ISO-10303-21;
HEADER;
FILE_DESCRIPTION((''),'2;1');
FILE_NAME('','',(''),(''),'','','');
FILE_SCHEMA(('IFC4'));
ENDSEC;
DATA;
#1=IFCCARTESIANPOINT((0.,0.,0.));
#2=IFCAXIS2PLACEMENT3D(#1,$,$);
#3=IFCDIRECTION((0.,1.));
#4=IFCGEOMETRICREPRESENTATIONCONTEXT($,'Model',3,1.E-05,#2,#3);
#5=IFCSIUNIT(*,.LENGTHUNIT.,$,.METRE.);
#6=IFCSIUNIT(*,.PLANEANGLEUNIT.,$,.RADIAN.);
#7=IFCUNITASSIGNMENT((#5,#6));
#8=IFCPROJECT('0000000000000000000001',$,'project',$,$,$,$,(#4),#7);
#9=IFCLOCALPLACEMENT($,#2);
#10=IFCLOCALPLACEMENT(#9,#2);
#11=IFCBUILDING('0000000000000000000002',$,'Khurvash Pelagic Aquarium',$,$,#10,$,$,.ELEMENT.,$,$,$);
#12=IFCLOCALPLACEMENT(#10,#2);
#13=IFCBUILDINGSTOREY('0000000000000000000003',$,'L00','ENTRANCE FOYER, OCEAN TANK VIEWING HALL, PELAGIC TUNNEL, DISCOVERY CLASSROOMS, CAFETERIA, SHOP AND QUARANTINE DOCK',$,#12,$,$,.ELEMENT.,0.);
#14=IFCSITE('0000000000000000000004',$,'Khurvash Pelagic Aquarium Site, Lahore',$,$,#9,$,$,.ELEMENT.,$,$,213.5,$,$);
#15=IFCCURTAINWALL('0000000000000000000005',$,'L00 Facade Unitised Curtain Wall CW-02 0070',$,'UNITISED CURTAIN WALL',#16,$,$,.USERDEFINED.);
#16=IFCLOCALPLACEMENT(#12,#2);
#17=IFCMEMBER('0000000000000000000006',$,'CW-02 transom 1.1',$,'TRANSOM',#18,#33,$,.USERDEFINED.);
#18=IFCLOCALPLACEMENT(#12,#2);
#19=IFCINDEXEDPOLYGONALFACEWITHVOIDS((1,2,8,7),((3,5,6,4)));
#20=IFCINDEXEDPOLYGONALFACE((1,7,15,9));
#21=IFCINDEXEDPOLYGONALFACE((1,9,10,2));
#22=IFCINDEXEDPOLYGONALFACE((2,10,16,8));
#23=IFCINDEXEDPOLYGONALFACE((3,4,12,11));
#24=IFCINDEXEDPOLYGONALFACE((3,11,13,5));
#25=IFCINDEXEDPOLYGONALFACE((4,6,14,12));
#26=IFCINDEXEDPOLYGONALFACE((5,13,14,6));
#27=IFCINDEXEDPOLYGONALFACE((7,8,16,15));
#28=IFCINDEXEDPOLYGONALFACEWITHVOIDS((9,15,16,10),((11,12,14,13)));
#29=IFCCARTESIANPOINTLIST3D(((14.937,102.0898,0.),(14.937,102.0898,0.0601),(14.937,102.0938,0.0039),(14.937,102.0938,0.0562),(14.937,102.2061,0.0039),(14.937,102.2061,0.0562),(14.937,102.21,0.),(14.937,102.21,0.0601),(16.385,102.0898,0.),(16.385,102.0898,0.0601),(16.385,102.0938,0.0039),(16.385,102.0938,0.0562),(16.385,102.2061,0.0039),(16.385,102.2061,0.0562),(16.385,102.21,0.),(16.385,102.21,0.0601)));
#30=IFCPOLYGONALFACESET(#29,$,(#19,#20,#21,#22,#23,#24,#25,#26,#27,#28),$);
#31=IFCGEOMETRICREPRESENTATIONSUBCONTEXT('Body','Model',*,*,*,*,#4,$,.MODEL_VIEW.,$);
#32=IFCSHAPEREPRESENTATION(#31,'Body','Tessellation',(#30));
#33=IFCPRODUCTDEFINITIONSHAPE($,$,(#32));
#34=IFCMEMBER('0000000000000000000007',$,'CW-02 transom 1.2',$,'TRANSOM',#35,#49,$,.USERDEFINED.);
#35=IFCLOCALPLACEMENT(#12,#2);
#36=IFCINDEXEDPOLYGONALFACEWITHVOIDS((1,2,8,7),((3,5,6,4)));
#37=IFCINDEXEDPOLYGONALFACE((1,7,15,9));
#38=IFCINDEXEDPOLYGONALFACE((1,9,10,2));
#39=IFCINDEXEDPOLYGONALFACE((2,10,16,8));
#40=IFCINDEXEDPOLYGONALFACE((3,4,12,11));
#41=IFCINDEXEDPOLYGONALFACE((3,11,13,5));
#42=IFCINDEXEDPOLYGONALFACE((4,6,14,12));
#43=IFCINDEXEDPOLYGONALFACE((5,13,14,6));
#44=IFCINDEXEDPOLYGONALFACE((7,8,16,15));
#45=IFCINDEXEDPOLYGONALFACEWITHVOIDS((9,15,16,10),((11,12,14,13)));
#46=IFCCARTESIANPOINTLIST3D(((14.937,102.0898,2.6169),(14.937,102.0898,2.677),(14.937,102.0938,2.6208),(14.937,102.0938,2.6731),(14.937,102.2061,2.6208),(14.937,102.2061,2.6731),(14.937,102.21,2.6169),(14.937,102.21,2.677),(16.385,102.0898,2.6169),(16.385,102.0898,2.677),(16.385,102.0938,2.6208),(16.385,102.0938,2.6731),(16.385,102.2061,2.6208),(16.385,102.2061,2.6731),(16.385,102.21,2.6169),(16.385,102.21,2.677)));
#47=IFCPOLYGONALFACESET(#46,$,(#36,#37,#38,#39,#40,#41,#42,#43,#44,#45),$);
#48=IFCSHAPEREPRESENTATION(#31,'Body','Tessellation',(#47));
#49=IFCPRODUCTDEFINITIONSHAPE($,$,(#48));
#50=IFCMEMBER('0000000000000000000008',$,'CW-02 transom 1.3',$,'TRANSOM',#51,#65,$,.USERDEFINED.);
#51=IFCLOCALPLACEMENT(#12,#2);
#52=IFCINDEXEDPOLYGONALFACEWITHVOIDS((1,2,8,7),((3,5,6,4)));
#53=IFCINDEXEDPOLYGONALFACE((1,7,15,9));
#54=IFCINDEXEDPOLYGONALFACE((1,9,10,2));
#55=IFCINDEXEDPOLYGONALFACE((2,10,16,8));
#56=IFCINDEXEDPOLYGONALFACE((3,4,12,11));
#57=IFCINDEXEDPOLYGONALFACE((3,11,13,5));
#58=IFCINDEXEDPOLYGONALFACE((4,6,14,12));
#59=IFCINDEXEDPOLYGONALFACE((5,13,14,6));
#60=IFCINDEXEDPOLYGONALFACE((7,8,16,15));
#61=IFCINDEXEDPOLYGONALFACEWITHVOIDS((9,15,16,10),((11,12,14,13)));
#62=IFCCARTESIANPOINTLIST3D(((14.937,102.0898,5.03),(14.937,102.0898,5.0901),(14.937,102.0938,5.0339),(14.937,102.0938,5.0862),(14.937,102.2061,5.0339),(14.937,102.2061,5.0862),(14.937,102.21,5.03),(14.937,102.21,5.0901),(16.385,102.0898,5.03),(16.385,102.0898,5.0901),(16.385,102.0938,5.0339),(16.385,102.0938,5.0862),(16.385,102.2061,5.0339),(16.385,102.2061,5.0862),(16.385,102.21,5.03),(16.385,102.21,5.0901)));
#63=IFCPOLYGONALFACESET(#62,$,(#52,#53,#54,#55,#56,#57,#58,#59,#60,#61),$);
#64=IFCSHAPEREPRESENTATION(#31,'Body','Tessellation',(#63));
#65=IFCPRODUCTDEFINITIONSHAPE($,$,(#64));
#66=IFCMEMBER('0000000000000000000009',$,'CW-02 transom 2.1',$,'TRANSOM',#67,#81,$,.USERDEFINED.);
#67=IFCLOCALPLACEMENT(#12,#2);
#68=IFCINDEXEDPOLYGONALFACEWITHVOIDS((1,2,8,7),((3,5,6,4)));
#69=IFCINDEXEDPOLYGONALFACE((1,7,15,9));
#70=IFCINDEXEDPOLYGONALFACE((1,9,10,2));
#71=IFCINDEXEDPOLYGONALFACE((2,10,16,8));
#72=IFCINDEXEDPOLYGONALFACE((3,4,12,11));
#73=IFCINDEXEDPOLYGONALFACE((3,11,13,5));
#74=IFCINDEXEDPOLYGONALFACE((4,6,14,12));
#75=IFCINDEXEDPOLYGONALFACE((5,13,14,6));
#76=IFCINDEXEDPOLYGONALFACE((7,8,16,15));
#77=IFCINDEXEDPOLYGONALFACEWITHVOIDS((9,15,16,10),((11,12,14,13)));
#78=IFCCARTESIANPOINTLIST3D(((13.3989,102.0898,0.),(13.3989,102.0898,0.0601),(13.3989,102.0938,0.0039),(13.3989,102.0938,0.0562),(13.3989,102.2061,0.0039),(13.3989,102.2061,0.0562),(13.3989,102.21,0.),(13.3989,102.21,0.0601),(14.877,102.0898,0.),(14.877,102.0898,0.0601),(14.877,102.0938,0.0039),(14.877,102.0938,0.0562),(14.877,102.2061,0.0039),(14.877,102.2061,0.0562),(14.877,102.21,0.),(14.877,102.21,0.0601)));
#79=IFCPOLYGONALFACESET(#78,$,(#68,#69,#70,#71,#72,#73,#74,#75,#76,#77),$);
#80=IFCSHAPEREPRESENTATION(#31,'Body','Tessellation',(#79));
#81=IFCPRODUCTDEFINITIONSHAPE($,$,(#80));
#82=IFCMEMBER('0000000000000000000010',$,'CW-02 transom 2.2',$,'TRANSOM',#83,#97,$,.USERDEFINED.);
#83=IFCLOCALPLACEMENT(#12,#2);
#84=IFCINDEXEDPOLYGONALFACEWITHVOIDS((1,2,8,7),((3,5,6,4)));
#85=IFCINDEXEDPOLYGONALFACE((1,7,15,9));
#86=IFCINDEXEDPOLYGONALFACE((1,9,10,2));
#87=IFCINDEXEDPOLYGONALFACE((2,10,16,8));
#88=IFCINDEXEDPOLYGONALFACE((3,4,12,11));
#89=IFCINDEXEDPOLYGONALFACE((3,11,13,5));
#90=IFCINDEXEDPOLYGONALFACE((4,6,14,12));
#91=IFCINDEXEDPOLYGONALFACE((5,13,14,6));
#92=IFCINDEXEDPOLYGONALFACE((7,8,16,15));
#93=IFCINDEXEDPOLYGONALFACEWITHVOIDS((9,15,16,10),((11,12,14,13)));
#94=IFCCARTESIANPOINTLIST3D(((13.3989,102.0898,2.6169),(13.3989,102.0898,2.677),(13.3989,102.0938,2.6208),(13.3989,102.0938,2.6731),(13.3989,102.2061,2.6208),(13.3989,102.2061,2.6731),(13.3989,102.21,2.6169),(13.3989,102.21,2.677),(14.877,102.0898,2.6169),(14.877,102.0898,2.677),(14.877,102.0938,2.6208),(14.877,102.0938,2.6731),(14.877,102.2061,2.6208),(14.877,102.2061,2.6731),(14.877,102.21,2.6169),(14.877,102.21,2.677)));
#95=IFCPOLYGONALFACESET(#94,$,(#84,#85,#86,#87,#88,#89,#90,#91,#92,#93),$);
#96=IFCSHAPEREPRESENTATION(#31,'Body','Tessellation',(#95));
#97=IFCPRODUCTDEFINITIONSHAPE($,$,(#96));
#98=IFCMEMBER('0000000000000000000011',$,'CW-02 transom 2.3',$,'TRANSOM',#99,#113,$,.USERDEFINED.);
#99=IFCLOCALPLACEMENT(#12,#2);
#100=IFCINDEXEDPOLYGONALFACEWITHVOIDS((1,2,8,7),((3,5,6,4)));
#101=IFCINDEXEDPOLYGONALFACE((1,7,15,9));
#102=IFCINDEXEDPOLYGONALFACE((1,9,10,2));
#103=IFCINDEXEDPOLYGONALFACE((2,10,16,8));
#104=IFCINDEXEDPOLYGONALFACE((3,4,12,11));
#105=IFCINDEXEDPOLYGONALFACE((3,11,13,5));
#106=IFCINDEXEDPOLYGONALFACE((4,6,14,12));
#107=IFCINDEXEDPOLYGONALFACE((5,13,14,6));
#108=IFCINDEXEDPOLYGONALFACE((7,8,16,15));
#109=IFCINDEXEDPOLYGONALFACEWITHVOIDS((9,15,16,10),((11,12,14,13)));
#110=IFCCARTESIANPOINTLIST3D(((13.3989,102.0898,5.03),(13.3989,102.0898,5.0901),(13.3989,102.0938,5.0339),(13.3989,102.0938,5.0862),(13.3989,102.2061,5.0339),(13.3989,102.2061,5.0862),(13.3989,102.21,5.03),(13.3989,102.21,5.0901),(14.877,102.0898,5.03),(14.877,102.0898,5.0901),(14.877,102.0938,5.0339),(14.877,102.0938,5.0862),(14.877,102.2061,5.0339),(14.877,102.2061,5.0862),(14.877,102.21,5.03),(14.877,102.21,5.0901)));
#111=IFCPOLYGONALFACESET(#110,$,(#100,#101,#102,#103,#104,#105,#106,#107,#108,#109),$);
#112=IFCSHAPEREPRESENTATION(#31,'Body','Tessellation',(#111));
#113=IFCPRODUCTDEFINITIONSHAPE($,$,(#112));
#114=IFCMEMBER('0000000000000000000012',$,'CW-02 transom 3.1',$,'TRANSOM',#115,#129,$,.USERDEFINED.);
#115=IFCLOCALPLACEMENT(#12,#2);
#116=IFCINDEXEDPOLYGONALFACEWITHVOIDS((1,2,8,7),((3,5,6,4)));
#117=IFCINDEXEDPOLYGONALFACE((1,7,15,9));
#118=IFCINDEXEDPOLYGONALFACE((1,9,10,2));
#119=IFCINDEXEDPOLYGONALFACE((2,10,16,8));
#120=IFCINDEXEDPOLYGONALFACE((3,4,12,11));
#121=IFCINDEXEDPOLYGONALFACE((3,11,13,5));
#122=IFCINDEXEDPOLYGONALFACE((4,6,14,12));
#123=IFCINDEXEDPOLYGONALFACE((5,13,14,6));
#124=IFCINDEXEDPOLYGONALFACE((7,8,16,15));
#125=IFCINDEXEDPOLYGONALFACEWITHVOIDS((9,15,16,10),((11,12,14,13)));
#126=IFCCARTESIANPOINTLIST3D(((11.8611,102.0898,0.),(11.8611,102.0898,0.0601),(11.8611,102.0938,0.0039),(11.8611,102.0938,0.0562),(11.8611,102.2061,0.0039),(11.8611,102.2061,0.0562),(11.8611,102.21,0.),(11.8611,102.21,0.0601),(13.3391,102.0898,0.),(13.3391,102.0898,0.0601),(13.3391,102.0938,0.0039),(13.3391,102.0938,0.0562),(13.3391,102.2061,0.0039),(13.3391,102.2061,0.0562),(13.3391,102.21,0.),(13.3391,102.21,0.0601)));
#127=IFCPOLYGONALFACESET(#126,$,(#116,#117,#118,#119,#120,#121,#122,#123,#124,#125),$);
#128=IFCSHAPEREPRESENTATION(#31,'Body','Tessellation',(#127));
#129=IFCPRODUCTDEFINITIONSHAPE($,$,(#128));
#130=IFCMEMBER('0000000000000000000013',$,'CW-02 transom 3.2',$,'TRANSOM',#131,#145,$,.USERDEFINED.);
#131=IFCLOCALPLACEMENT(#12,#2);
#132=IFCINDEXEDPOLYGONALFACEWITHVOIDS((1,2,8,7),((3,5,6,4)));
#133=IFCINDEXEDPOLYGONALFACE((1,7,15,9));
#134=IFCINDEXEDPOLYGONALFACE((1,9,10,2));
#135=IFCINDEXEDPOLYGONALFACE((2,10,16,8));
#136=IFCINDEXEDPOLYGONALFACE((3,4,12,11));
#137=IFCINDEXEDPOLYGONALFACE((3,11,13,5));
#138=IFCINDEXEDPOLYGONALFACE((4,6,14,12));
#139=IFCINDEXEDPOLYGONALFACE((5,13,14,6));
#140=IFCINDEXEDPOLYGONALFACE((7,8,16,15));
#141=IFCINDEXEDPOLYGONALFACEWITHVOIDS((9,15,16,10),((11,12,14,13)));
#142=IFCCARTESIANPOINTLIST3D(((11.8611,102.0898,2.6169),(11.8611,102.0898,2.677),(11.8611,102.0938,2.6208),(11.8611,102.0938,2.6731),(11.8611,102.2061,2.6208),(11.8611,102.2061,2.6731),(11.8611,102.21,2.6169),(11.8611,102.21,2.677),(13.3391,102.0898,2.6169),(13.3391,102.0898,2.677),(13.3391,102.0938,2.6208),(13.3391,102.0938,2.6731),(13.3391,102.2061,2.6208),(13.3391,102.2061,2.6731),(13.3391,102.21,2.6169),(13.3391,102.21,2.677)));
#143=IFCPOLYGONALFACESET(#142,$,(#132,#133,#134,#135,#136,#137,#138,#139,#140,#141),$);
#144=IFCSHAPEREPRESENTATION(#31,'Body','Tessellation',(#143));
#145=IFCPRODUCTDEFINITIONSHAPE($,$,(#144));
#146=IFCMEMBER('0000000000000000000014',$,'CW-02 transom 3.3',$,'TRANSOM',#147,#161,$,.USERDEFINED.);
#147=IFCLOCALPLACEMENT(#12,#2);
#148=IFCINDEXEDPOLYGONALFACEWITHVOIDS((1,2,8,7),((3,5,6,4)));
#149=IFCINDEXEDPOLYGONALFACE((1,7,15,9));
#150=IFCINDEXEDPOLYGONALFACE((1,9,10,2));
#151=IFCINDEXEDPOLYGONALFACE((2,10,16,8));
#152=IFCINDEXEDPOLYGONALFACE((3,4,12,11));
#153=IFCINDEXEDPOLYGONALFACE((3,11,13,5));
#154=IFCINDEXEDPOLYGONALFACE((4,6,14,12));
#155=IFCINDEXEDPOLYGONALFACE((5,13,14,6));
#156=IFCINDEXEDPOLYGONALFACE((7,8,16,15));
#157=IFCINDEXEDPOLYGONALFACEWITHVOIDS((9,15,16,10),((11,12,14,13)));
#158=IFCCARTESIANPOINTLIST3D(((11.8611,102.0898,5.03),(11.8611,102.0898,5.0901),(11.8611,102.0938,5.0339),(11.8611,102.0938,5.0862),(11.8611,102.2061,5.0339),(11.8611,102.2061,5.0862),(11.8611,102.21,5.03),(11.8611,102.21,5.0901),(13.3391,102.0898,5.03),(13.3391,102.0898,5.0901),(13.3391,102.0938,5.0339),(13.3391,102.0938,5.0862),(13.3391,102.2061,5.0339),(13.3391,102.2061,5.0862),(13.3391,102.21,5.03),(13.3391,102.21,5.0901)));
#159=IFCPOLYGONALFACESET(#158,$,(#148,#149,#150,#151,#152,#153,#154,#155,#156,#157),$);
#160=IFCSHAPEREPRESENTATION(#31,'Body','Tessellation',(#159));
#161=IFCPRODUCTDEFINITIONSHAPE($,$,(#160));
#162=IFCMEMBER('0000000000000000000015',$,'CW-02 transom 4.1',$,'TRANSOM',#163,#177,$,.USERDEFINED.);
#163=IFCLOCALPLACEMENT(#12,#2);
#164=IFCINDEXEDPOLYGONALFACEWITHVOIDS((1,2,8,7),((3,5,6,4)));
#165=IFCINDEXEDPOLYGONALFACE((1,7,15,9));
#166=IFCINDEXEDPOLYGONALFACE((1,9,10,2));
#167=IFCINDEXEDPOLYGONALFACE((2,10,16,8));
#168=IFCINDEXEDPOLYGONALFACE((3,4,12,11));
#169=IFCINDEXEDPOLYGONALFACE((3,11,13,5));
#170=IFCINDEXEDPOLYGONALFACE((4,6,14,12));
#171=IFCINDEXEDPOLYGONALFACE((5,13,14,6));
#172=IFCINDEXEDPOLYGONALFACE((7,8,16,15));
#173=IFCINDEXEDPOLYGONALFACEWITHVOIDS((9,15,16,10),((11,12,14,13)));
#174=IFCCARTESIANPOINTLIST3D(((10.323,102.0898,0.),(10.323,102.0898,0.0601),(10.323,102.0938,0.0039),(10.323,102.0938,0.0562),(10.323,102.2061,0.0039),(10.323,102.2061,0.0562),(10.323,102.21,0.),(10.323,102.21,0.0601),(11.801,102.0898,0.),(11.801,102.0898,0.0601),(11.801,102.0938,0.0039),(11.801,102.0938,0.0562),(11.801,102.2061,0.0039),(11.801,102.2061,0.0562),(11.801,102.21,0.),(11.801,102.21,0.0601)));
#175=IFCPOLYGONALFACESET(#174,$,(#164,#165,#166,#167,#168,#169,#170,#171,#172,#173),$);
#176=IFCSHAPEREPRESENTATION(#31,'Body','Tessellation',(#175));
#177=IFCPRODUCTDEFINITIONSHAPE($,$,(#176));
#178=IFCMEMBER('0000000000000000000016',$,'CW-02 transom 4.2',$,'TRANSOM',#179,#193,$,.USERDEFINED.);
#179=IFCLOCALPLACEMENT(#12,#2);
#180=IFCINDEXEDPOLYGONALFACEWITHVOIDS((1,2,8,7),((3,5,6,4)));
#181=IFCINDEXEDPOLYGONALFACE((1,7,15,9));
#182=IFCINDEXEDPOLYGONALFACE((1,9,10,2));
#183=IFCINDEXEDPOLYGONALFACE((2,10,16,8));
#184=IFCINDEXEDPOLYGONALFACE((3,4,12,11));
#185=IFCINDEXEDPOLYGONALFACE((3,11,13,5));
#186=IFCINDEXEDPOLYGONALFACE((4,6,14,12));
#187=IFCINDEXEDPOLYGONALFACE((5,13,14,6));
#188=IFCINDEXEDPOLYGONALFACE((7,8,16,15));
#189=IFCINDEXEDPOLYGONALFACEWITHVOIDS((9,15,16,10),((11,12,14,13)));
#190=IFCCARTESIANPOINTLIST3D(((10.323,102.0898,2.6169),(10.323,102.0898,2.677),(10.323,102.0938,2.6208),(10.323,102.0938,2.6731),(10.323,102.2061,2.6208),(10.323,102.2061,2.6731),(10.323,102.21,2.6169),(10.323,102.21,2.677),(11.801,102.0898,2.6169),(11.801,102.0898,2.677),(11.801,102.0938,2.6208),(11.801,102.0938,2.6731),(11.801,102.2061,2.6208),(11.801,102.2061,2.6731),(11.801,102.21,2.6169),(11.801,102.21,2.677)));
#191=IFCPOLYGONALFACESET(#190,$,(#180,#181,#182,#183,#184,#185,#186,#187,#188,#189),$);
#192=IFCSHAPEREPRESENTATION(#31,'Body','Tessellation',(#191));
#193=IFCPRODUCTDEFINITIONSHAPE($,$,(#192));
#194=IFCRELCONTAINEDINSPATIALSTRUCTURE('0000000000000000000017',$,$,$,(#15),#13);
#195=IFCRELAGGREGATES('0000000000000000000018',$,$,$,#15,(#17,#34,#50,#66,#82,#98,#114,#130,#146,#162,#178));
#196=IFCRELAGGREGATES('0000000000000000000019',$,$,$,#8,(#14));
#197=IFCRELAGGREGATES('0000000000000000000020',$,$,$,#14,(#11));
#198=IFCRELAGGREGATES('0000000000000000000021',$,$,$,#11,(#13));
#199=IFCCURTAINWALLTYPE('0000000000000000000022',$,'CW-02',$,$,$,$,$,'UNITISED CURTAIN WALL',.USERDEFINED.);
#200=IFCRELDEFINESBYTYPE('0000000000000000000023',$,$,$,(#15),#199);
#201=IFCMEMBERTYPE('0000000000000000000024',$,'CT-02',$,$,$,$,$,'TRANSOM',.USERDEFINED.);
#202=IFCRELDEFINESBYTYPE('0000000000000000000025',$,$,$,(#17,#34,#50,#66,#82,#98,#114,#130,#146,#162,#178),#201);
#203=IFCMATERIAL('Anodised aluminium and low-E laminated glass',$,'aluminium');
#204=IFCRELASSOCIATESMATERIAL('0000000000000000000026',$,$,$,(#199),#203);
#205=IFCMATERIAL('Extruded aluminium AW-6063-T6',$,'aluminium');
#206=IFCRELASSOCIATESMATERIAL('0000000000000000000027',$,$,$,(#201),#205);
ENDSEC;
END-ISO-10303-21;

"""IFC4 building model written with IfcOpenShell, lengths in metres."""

from ifc_helpers import new_model, si_unit, direction, frame, origin, origin_2d, place, context, subcontext, project, spatial, hollow_rectangle, extrude, material, material_profile, profile_set, type_object, element, aggregate, save


model = new_model("IFC4")

# Units and contexts
model_context = context("Model", 3, precision=1e-05, world=origin(), true_north=direction((0.0, 1.0)))
body_context = subcontext(model_context, "Body", "Model", "MODEL_VIEW")
ifc_project = project(units=[si_unit("LENGTHUNIT", "METRE"), si_unit("PLANEANGLEUNIT", "RADIAN")], contexts=[model_context])

# Site, building, storey
site_placement = place(None, origin())
site = spatial("IfcSite", under=ifc_project, at=site_placement, Name="Khurvash Pelagic Aquarium Site, Lahore", CompositionType="ELEMENT", RefElevation=213.5)
building_placement = place(site_placement, origin())
building = spatial("IfcBuilding", under=site, at=building_placement, Name="Khurvash Pelagic Aquarium", CompositionType="ELEMENT")
storey_placement = place(building_placement, origin())
storey = spatial("IfcBuildingStorey", under=building, at=storey_placement, Name="L00", Description="ENTRANCE FOYER, OCEAN TANK VIEWING HALL, PELAGIC TUNNEL, DISCOVERY CLASSROOMS, CAFETERIA, SHOP AND QUARANTINE DOCK", CompositionType="ELEMENT", Elevation=0.0)

# Curtain wall
ifc_material_1 = material(Name="Anodised aluminium and low-E laminated glass", Category="aluminium")
curtain_wall_type = type_object("IfcCurtainWallType", Name="CW-02", ElementType="UNITISED CURTAIN WALL", PredefinedType="USERDEFINED", material=ifc_material_1)
ifc_material_2 = material(Name="Extruded aluminium AW-6063-T6", Category="aluminium")
curtain_wall_1_placement = place(storey_placement, origin())
curtain_wall_1 = element("IfcCurtainWall", 1, at=curtain_wall_1_placement, inside=storey, type_object=curtain_wall_type, Name="L00 Facade Unitised Curtain Wall CW-02 0070", ObjectType="UNITISED CURTAIN WALL", PredefinedType="USERDEFINED")

# Members
ifc_material_profile_1 = material_profile(ifc_material_2, hollow_rectangle(XDim=0.1201, YDim=0.0601, WallThickness=0.0039, at=origin_2d()), Name="CWT120X60X4")
ifc_profile_set_1 = profile_set([ifc_material_profile_1], Name="Extruded aluminium AW-6063-T6")
member_type_1 = type_object("IfcMemberType", Name="CT-02", ElementType="TRANSOM", PredefinedType="USERDEFINED", material=ifc_profile_set_1)
member_1_placement = place(storey_placement, frame((16.385, 102.1499, 0.03), z_axis=(-1.0, 0.0, 0.0), x_axis=(0.0, -1.0, 0.0)))
member_1 = element("IfcMember", 2, at=member_1_placement, type_object=member_type_1, Name="CW-02 transom 1.1", ObjectType="TRANSOM", PredefinedType="USERDEFINED", context=body_context, shape_type="SweptSolid", body=[
    extrude(hollow_rectangle(XDim=0.1201, YDim=0.0601, WallThickness=0.0039, at=origin_2d()), origin(), (0.0, 0.0, 1.0), 1.448),
])
member_2_placement = place(storey_placement, frame((16.385, 102.1499, 2.647), z_axis=(-1.0, 0.0, 0.0), x_axis=(0.0, -1.0, 0.0)))
member_2 = element("IfcMember", 3, at=member_2_placement, type_object=member_type_1, Name="CW-02 transom 1.2", ObjectType="TRANSOM", PredefinedType="USERDEFINED", context=body_context, shape_type="SweptSolid", body=[
    extrude(hollow_rectangle(XDim=0.1201, YDim=0.0601, WallThickness=0.0039, at=origin_2d()), origin(), (0.0, 0.0, 1.0), 1.448),
])
member_3_placement = place(storey_placement, frame((16.385, 102.1499, 5.0601), z_axis=(-1.0, 0.0, 0.0), x_axis=(0.0, -1.0, 0.0)))
member_3 = element("IfcMember", 4, at=member_3_placement, type_object=member_type_1, Name="CW-02 transom 1.3", ObjectType="TRANSOM", PredefinedType="USERDEFINED", context=body_context, shape_type="SweptSolid", body=[
    extrude(hollow_rectangle(XDim=0.1201, YDim=0.0601, WallThickness=0.0039, at=origin_2d()), origin(), (0.0, 0.0, 1.0), 1.448),
])
member_4_placement = place(storey_placement, frame((14.877, 102.1499, 0.03), z_axis=(-1.0, 0.0, 0.0), x_axis=(0.0, -1.0, 0.0)))
member_4 = element("IfcMember", 5, at=member_4_placement, type_object=member_type_1, Name="CW-02 transom 2.1", ObjectType="TRANSOM", PredefinedType="USERDEFINED", context=body_context, shape_type="SweptSolid", body=[
    extrude(hollow_rectangle(XDim=0.1201, YDim=0.0601, WallThickness=0.0039, at=origin_2d()), origin(), (0.0, 0.0, 1.0), 1.478),
])
member_5_placement = place(storey_placement, frame((14.877, 102.1499, 2.647), z_axis=(-1.0, 0.0, 0.0), x_axis=(0.0, -1.0, 0.0)))
member_5 = element("IfcMember", 6, at=member_5_placement, type_object=member_type_1, Name="CW-02 transom 2.2", ObjectType="TRANSOM", PredefinedType="USERDEFINED", context=body_context, shape_type="SweptSolid", body=[
    extrude(hollow_rectangle(XDim=0.1201, YDim=0.0601, WallThickness=0.0039, at=origin_2d()), origin(), (0.0, 0.0, 1.0), 1.478),
])
member_6_placement = place(storey_placement, frame((14.877, 102.1499, 5.0601), z_axis=(-1.0, 0.0, 0.0), x_axis=(0.0, -1.0, 0.0)))
member_6 = element("IfcMember", 7, at=member_6_placement, type_object=member_type_1, Name="CW-02 transom 2.3", ObjectType="TRANSOM", PredefinedType="USERDEFINED", context=body_context, shape_type="SweptSolid", body=[
    extrude(hollow_rectangle(XDim=0.1201, YDim=0.0601, WallThickness=0.0039, at=origin_2d()), origin(), (0.0, 0.0, 1.0), 1.478),
])
member_7_placement = place(storey_placement, frame((13.3391, 102.1499, 0.03), z_axis=(-1.0, 0.0, 0.0), x_axis=(0.0, -1.0, 0.0)))
member_7 = element("IfcMember", 8, at=member_7_placement, type_object=member_type_1, Name="CW-02 transom 3.1", ObjectType="TRANSOM", PredefinedType="USERDEFINED", context=body_context, shape_type="SweptSolid", body=[
    extrude(hollow_rectangle(XDim=0.1201, YDim=0.0601, WallThickness=0.0039, at=origin_2d()), origin(), (0.0, 0.0, 1.0), 1.478),
])
member_8_placement = place(storey_placement, frame((13.3391, 102.1499, 2.647), z_axis=(-1.0, 0.0, 0.0), x_axis=(0.0, -1.0, 0.0)))
member_8 = element("IfcMember", 9, at=member_8_placement, type_object=member_type_1, Name="CW-02 transom 3.2", ObjectType="TRANSOM", PredefinedType="USERDEFINED", context=body_context, shape_type="SweptSolid", body=[
    extrude(hollow_rectangle(XDim=0.1201, YDim=0.0601, WallThickness=0.0039, at=origin_2d()), origin(), (0.0, 0.0, 1.0), 1.478),
])
member_9_placement = place(storey_placement, frame((13.3391, 102.1499, 5.0601), z_axis=(-1.0, 0.0, 0.0), x_axis=(0.0, -1.0, 0.0)))
member_9 = element("IfcMember", 10, at=member_9_placement, type_object=member_type_1, Name="CW-02 transom 3.3", ObjectType="TRANSOM", PredefinedType="USERDEFINED", context=body_context, shape_type="SweptSolid", body=[
    extrude(hollow_rectangle(XDim=0.1201, YDim=0.0601, WallThickness=0.0039, at=origin_2d()), origin(), (0.0, 0.0, 1.0), 1.478),
])
member_10_placement = place(storey_placement, frame((11.801, 102.1499, 0.03), z_axis=(-1.0, 0.0, 0.0), x_axis=(0.0, -1.0, 0.0)))
member_10 = element("IfcMember", 11, at=member_10_placement, type_object=member_type_1, Name="CW-02 transom 4.1", ObjectType="TRANSOM", PredefinedType="USERDEFINED", context=body_context, shape_type="SweptSolid", body=[
    extrude(hollow_rectangle(XDim=0.1201, YDim=0.0601, WallThickness=0.0039, at=origin_2d()), origin(), (0.0, 0.0, 1.0), 1.478),
])
member_11_placement = place(storey_placement, frame((11.801, 102.1499, 2.647), z_axis=(-1.0, 0.0, 0.0), x_axis=(0.0, -1.0, 0.0)))
member_11 = element("IfcMember", 12, at=member_11_placement, type_object=member_type_1, Name="CW-02 transom 4.2", ObjectType="TRANSOM", PredefinedType="USERDEFINED", context=body_context, shape_type="SweptSolid", body=[
    extrude(hollow_rectangle(XDim=0.1201, YDim=0.0601, WallThickness=0.0039, at=origin_2d()), origin(), (0.0, 0.0, 1.0), 1.478),
])

aggregate(curtain_wall_1, [member_1, member_2, member_3, member_4, member_5, member_6, member_7, member_8, member_9, member_10, member_11])

save(model, "model.ifc")
